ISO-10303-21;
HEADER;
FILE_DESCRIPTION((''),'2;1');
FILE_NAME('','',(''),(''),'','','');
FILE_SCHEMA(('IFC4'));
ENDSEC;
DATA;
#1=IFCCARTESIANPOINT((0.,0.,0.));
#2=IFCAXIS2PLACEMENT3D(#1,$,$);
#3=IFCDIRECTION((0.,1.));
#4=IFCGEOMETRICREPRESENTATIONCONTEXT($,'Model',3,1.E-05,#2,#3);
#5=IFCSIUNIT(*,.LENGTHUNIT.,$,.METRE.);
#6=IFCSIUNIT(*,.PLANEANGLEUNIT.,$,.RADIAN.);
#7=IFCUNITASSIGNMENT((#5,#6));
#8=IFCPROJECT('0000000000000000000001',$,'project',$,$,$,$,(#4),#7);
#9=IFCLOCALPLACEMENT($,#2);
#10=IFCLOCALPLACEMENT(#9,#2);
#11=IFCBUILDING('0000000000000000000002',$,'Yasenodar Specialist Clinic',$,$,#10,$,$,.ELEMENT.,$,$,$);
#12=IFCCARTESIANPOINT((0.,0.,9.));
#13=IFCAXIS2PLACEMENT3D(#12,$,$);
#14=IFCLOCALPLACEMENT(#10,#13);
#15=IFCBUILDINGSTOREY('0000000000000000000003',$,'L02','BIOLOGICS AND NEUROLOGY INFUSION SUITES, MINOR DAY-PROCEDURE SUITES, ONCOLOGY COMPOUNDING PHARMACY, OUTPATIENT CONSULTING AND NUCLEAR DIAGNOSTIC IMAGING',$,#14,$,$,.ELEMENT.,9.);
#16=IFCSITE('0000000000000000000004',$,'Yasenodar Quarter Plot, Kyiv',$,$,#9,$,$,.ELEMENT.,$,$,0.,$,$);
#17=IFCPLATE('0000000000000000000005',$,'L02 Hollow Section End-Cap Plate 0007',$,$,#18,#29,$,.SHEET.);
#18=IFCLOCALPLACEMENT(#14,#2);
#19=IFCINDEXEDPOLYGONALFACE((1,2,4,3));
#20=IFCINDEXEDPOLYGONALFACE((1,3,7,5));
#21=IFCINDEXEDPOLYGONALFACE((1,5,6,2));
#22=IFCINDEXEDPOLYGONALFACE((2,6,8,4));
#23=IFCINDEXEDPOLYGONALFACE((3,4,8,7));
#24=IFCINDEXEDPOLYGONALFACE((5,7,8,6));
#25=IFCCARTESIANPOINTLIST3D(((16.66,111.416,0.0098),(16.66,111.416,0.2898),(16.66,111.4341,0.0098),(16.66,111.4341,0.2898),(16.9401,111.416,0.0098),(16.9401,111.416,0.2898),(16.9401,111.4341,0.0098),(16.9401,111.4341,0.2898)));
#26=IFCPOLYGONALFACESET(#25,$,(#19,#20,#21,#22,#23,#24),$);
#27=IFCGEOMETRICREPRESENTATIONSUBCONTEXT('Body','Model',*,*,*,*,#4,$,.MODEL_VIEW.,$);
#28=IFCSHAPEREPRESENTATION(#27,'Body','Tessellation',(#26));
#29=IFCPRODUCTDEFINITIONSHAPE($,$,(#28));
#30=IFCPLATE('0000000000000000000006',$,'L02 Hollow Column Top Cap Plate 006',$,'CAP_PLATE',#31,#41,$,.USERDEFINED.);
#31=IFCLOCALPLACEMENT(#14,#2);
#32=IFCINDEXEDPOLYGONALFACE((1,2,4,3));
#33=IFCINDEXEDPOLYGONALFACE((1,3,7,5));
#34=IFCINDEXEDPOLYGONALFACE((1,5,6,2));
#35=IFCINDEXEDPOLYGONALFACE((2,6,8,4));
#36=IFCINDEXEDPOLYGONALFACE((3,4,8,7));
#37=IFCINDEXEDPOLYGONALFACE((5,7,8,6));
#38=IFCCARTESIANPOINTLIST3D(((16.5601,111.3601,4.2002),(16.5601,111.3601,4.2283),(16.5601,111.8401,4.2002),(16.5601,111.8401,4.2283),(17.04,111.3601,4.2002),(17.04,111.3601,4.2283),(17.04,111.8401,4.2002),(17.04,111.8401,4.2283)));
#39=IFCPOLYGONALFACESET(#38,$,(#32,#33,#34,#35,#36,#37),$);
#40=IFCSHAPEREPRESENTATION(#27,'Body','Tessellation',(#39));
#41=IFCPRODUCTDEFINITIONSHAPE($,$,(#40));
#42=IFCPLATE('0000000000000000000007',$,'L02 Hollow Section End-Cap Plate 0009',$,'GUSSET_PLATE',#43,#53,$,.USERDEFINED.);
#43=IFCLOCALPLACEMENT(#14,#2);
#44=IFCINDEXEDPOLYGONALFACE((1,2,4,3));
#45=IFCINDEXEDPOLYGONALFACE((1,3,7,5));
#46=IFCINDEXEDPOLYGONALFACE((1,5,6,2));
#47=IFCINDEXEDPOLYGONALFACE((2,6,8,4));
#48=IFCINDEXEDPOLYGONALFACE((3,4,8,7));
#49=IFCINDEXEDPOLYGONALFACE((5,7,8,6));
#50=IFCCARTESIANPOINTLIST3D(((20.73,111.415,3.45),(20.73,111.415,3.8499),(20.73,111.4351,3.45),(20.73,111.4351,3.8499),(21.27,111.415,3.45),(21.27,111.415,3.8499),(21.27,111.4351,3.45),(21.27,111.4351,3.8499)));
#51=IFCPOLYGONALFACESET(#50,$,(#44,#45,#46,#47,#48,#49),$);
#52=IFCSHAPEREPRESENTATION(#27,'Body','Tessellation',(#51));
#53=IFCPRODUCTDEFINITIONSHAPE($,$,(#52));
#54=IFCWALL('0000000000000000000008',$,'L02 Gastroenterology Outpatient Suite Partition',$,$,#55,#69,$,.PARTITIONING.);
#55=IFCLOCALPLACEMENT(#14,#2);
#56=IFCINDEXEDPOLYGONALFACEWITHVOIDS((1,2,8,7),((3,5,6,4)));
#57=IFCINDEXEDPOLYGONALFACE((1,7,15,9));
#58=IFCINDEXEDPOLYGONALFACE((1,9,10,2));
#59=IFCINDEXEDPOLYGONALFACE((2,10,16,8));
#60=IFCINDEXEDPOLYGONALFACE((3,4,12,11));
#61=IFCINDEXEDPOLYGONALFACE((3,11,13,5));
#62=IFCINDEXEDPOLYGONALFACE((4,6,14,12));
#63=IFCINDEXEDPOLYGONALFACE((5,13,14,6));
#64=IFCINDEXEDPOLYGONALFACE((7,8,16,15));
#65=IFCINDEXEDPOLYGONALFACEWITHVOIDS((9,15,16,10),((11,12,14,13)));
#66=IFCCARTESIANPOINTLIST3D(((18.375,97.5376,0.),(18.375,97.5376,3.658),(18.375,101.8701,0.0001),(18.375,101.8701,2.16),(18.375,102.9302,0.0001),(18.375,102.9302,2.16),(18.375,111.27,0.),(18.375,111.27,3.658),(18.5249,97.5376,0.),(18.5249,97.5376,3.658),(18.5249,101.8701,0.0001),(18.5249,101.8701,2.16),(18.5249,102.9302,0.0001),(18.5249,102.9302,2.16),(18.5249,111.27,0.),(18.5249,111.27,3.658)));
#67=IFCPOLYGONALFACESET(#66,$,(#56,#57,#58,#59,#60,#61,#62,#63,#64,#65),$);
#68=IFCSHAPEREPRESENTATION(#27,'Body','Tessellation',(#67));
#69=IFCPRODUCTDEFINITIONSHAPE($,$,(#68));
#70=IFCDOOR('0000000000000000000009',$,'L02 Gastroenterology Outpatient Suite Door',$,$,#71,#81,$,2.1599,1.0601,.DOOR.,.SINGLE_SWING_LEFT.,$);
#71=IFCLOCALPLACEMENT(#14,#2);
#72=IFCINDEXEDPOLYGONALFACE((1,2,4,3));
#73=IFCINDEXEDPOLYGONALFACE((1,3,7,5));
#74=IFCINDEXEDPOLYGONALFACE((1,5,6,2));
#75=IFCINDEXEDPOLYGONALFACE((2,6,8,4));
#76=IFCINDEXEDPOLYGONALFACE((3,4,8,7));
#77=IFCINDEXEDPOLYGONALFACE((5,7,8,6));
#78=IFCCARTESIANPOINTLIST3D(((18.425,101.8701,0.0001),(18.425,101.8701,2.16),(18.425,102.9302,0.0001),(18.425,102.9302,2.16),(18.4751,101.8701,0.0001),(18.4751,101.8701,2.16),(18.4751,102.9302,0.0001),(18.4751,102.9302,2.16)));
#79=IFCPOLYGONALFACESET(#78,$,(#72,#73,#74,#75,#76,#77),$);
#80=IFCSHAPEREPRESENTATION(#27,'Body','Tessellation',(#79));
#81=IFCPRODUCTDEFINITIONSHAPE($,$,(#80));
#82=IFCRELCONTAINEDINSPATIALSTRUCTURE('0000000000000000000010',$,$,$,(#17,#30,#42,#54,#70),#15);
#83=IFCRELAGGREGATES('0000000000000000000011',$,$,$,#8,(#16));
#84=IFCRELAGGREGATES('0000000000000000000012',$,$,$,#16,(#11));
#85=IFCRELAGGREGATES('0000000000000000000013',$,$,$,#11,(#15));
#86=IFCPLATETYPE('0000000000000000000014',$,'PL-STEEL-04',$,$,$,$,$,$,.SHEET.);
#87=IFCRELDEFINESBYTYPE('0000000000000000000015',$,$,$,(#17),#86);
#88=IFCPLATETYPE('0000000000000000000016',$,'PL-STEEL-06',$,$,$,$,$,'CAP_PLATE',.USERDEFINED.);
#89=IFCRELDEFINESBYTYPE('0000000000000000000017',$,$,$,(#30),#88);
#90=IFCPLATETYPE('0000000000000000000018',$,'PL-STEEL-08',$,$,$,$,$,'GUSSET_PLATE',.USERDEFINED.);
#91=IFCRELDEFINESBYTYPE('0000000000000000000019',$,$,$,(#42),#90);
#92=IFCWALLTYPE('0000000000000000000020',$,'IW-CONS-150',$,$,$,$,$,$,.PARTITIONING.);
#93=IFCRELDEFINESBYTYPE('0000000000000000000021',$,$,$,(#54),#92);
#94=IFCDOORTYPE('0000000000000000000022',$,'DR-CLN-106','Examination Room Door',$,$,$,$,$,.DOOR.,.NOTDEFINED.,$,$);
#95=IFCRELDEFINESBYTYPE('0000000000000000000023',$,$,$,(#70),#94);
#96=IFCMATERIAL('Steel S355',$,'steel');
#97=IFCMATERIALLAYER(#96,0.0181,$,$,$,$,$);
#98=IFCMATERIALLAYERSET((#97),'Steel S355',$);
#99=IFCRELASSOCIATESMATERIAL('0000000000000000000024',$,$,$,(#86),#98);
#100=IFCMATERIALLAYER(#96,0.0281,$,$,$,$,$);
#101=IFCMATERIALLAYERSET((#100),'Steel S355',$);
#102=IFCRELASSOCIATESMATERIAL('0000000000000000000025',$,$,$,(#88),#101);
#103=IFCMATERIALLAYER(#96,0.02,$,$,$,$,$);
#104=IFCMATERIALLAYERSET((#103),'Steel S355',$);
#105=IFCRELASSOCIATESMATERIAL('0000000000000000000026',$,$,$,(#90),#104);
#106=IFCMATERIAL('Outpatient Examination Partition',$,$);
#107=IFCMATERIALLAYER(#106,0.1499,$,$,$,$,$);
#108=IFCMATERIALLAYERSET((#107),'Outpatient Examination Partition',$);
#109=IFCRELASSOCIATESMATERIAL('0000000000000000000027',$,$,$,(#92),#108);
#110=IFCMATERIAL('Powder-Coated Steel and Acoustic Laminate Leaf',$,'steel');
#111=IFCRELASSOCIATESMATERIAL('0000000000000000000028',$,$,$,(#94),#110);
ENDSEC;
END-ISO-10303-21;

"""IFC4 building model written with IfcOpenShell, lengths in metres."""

from ifc_helpers import new_model, si_unit, direction, frame, frame_2d, origin, origin_2d, place, context, subcontext, project, spatial, rectangle, extrude, material, layer, layer_set, type_object, element, fill, save


model = new_model("IFC4")

# Units and contexts
model_context = context("Model", 3, precision=1e-05, world=origin(), true_north=direction((0.0, 1.0)))
body_context = subcontext(model_context, "Body", "Model", "MODEL_VIEW")
ifc_project = project(units=[si_unit("LENGTHUNIT", "METRE"), si_unit("PLANEANGLEUNIT", "RADIAN")], contexts=[model_context])

# Site, building, storey
site_placement = place(None, origin())
site = spatial("IfcSite", under=ifc_project, at=site_placement, Name="Yasenodar Quarter Plot, Kyiv", CompositionType="ELEMENT", RefElevation=0.0)
building_placement = place(site_placement, origin())
building = spatial("IfcBuilding", under=site, at=building_placement, Name="Yasenodar Specialist Clinic", CompositionType="ELEMENT")
storey_placement = place(building_placement, frame((0.0, 0.0, 9.0)))
storey = spatial("IfcBuildingStorey", under=building, at=storey_placement, Name="L02", Description="BIOLOGICS AND NEUROLOGY INFUSION SUITES, MINOR DAY-PROCEDURE SUITES, ONCOLOGY COMPOUNDING PHARMACY, OUTPATIENT CONSULTING AND NUCLEAR DIAGNOSTIC IMAGING", CompositionType="ELEMENT", Elevation=9.0)

# Shared definitions
ifc_material_1 = material(Name="Steel S355", Category="steel")

# Plates
ifc_layer_1 = layer(ifc_material_1, 0.0181)
ifc_layer_set_1 = layer_set([ifc_layer_1], Name="Steel S355")
plate_type_1 = type_object("IfcPlateType", Name="PL-STEEL-04", PredefinedType="SHEET", material=ifc_layer_set_1)
plate_1_placement = place(storey_placement, frame((16.8, 111.425, 0.0098), z_axis=(0.0, 0.0, 1.0), x_axis=(1.0, 0.0, 0.0)))
element("IfcPlate", 1, at=plate_1_placement, inside=storey, type_object=plate_type_1, Name="L02 Hollow Section End-Cap Plate 0007", PredefinedType="SHEET", context=body_context, shape_type="SweptSolid", body=[
    extrude(rectangle(XDim=0.28, YDim=0.0181, at=origin_2d()), origin(), (0.0, 0.0, 1.0), 0.28),
])
ifc_layer_2 = layer(ifc_material_1, 0.0281)
ifc_layer_set_2 = layer_set([ifc_layer_2], Name="Steel S355")
plate_type_2 = type_object("IfcPlateType", Name="PL-STEEL-06", ElementType="CAP_PLATE", PredefinedType="USERDEFINED", material=ifc_layer_set_2)
plate_2_placement = place(storey_placement, frame((16.8, 111.6001, 4.2002), z_axis=(0.0, 0.0, 1.0), x_axis=(1.0, 0.0, 0.0)))
element("IfcPlate", 2, at=plate_2_placement, inside=storey, type_object=plate_type_2, Name="L02 Hollow Column Top Cap Plate 006", ObjectType="CAP_PLATE", PredefinedType="USERDEFINED", context=body_context, shape_type="SweptSolid", body=[
    extrude(rectangle(XDim=0.48, YDim=0.48, at=origin_2d()), origin(), (0.0, 0.0, 1.0), 0.0281),
])
ifc_layer_3 = layer(ifc_material_1, 0.02)
ifc_layer_set_3 = layer_set([ifc_layer_3], Name="Steel S355")
plate_type_3 = type_object("IfcPlateType", Name="PL-STEEL-08", ElementType="GUSSET_PLATE", PredefinedType="USERDEFINED", material=ifc_layer_set_3)
plate_3_placement = place(storey_placement, frame((21.0, 111.425, 3.45), z_axis=(0.0, 0.0, 1.0), x_axis=(1.0, 0.0, 0.0)))
element("IfcPlate", 3, at=plate_3_placement, inside=storey, type_object=plate_type_3, Name="L02 Hollow Section End-Cap Plate 0009", ObjectType="GUSSET_PLATE", PredefinedType="USERDEFINED", context=body_context, shape_type="SweptSolid", body=[
    extrude(rectangle(XDim=0.54, YDim=0.02, at=origin_2d()), origin(), (0.0, 0.0, 1.0), 0.3999),
])

# Wall, opening, door
ifc_material_2 = material(Name="Outpatient Examination Partition")
ifc_layer_4 = layer(ifc_material_2, 0.1499)
ifc_layer_set_4 = layer_set([ifc_layer_4], Name="Outpatient Examination Partition")
wall_type = type_object("IfcWallType", Name="IW-CONS-150", PredefinedType="PARTITIONING", material=ifc_layer_set_4)
wall_placement = place(storey_placement, frame((18.45, 97.5376, 0.0), z_axis=(0.0, 0.0, 1.0), x_axis=(0.0, 1.0, 0.0)))
wall = element("IfcWall", 4, at=wall_placement, inside=storey, type_object=wall_type, Name="L02 Gastroenterology Outpatient Suite Partition", PredefinedType="PARTITIONING", context=body_context, shape_type="SweptSolid", body=[
    extrude(rectangle(XDim=13.7324, YDim=0.1499, at=frame_2d((6.8662, 0.0))), origin(), (0.0, 0.0, 1.0), 3.658),
])
opening_placement = place(wall_placement, frame((4.3325, 0.0, 0.0)))
opening = element("IfcOpeningElement", 5, at=opening_placement, cuts=wall, PredefinedType="OPENING", context=body_context, shape_type="SweptSolid", body=[
    extrude(rectangle(XDim=1.0601, YDim=2.1599, at=frame_2d((0.53, 1.0801))), frame((0.0, 0.085, 0.0), z_axis=(0.0, -1.0, 0.0), x_axis=(1.0, 0.0, 0.0)), (0.0, 0.0, 1.0), 0.1699),
])
ifc_material_3 = material(Name="Powder-Coated Steel and Acoustic Laminate Leaf", Category="steel")
door_type = type_object("IfcDoorType", Name="DR-CLN-106", Description="Examination Room Door", OperationType="NOTDEFINED", PredefinedType="DOOR", material=ifc_material_3)
door_placement = place(opening_placement, origin())
door = element("IfcDoor", 6, at=door_placement, inside=storey, type_object=door_type, Name="L02 Gastroenterology Outpatient Suite Door", OperationType="SINGLE_SWING_LEFT", OverallHeight=2.1599, OverallWidth=1.0601, PredefinedType="DOOR", context=body_context, shape_type="SweptSolid", body=[
    extrude(rectangle(XDim=1.0601, YDim=2.1599, at=frame_2d((0.53, 1.0801))), frame((0.0, 0.0249, 0.0), z_axis=(0.0, -1.0, 0.0), x_axis=(1.0, 0.0, 0.0)), (0.0, 0.0, 1.0), 0.05),
])
fill(opening, door)

save(model, "model.ifc")
